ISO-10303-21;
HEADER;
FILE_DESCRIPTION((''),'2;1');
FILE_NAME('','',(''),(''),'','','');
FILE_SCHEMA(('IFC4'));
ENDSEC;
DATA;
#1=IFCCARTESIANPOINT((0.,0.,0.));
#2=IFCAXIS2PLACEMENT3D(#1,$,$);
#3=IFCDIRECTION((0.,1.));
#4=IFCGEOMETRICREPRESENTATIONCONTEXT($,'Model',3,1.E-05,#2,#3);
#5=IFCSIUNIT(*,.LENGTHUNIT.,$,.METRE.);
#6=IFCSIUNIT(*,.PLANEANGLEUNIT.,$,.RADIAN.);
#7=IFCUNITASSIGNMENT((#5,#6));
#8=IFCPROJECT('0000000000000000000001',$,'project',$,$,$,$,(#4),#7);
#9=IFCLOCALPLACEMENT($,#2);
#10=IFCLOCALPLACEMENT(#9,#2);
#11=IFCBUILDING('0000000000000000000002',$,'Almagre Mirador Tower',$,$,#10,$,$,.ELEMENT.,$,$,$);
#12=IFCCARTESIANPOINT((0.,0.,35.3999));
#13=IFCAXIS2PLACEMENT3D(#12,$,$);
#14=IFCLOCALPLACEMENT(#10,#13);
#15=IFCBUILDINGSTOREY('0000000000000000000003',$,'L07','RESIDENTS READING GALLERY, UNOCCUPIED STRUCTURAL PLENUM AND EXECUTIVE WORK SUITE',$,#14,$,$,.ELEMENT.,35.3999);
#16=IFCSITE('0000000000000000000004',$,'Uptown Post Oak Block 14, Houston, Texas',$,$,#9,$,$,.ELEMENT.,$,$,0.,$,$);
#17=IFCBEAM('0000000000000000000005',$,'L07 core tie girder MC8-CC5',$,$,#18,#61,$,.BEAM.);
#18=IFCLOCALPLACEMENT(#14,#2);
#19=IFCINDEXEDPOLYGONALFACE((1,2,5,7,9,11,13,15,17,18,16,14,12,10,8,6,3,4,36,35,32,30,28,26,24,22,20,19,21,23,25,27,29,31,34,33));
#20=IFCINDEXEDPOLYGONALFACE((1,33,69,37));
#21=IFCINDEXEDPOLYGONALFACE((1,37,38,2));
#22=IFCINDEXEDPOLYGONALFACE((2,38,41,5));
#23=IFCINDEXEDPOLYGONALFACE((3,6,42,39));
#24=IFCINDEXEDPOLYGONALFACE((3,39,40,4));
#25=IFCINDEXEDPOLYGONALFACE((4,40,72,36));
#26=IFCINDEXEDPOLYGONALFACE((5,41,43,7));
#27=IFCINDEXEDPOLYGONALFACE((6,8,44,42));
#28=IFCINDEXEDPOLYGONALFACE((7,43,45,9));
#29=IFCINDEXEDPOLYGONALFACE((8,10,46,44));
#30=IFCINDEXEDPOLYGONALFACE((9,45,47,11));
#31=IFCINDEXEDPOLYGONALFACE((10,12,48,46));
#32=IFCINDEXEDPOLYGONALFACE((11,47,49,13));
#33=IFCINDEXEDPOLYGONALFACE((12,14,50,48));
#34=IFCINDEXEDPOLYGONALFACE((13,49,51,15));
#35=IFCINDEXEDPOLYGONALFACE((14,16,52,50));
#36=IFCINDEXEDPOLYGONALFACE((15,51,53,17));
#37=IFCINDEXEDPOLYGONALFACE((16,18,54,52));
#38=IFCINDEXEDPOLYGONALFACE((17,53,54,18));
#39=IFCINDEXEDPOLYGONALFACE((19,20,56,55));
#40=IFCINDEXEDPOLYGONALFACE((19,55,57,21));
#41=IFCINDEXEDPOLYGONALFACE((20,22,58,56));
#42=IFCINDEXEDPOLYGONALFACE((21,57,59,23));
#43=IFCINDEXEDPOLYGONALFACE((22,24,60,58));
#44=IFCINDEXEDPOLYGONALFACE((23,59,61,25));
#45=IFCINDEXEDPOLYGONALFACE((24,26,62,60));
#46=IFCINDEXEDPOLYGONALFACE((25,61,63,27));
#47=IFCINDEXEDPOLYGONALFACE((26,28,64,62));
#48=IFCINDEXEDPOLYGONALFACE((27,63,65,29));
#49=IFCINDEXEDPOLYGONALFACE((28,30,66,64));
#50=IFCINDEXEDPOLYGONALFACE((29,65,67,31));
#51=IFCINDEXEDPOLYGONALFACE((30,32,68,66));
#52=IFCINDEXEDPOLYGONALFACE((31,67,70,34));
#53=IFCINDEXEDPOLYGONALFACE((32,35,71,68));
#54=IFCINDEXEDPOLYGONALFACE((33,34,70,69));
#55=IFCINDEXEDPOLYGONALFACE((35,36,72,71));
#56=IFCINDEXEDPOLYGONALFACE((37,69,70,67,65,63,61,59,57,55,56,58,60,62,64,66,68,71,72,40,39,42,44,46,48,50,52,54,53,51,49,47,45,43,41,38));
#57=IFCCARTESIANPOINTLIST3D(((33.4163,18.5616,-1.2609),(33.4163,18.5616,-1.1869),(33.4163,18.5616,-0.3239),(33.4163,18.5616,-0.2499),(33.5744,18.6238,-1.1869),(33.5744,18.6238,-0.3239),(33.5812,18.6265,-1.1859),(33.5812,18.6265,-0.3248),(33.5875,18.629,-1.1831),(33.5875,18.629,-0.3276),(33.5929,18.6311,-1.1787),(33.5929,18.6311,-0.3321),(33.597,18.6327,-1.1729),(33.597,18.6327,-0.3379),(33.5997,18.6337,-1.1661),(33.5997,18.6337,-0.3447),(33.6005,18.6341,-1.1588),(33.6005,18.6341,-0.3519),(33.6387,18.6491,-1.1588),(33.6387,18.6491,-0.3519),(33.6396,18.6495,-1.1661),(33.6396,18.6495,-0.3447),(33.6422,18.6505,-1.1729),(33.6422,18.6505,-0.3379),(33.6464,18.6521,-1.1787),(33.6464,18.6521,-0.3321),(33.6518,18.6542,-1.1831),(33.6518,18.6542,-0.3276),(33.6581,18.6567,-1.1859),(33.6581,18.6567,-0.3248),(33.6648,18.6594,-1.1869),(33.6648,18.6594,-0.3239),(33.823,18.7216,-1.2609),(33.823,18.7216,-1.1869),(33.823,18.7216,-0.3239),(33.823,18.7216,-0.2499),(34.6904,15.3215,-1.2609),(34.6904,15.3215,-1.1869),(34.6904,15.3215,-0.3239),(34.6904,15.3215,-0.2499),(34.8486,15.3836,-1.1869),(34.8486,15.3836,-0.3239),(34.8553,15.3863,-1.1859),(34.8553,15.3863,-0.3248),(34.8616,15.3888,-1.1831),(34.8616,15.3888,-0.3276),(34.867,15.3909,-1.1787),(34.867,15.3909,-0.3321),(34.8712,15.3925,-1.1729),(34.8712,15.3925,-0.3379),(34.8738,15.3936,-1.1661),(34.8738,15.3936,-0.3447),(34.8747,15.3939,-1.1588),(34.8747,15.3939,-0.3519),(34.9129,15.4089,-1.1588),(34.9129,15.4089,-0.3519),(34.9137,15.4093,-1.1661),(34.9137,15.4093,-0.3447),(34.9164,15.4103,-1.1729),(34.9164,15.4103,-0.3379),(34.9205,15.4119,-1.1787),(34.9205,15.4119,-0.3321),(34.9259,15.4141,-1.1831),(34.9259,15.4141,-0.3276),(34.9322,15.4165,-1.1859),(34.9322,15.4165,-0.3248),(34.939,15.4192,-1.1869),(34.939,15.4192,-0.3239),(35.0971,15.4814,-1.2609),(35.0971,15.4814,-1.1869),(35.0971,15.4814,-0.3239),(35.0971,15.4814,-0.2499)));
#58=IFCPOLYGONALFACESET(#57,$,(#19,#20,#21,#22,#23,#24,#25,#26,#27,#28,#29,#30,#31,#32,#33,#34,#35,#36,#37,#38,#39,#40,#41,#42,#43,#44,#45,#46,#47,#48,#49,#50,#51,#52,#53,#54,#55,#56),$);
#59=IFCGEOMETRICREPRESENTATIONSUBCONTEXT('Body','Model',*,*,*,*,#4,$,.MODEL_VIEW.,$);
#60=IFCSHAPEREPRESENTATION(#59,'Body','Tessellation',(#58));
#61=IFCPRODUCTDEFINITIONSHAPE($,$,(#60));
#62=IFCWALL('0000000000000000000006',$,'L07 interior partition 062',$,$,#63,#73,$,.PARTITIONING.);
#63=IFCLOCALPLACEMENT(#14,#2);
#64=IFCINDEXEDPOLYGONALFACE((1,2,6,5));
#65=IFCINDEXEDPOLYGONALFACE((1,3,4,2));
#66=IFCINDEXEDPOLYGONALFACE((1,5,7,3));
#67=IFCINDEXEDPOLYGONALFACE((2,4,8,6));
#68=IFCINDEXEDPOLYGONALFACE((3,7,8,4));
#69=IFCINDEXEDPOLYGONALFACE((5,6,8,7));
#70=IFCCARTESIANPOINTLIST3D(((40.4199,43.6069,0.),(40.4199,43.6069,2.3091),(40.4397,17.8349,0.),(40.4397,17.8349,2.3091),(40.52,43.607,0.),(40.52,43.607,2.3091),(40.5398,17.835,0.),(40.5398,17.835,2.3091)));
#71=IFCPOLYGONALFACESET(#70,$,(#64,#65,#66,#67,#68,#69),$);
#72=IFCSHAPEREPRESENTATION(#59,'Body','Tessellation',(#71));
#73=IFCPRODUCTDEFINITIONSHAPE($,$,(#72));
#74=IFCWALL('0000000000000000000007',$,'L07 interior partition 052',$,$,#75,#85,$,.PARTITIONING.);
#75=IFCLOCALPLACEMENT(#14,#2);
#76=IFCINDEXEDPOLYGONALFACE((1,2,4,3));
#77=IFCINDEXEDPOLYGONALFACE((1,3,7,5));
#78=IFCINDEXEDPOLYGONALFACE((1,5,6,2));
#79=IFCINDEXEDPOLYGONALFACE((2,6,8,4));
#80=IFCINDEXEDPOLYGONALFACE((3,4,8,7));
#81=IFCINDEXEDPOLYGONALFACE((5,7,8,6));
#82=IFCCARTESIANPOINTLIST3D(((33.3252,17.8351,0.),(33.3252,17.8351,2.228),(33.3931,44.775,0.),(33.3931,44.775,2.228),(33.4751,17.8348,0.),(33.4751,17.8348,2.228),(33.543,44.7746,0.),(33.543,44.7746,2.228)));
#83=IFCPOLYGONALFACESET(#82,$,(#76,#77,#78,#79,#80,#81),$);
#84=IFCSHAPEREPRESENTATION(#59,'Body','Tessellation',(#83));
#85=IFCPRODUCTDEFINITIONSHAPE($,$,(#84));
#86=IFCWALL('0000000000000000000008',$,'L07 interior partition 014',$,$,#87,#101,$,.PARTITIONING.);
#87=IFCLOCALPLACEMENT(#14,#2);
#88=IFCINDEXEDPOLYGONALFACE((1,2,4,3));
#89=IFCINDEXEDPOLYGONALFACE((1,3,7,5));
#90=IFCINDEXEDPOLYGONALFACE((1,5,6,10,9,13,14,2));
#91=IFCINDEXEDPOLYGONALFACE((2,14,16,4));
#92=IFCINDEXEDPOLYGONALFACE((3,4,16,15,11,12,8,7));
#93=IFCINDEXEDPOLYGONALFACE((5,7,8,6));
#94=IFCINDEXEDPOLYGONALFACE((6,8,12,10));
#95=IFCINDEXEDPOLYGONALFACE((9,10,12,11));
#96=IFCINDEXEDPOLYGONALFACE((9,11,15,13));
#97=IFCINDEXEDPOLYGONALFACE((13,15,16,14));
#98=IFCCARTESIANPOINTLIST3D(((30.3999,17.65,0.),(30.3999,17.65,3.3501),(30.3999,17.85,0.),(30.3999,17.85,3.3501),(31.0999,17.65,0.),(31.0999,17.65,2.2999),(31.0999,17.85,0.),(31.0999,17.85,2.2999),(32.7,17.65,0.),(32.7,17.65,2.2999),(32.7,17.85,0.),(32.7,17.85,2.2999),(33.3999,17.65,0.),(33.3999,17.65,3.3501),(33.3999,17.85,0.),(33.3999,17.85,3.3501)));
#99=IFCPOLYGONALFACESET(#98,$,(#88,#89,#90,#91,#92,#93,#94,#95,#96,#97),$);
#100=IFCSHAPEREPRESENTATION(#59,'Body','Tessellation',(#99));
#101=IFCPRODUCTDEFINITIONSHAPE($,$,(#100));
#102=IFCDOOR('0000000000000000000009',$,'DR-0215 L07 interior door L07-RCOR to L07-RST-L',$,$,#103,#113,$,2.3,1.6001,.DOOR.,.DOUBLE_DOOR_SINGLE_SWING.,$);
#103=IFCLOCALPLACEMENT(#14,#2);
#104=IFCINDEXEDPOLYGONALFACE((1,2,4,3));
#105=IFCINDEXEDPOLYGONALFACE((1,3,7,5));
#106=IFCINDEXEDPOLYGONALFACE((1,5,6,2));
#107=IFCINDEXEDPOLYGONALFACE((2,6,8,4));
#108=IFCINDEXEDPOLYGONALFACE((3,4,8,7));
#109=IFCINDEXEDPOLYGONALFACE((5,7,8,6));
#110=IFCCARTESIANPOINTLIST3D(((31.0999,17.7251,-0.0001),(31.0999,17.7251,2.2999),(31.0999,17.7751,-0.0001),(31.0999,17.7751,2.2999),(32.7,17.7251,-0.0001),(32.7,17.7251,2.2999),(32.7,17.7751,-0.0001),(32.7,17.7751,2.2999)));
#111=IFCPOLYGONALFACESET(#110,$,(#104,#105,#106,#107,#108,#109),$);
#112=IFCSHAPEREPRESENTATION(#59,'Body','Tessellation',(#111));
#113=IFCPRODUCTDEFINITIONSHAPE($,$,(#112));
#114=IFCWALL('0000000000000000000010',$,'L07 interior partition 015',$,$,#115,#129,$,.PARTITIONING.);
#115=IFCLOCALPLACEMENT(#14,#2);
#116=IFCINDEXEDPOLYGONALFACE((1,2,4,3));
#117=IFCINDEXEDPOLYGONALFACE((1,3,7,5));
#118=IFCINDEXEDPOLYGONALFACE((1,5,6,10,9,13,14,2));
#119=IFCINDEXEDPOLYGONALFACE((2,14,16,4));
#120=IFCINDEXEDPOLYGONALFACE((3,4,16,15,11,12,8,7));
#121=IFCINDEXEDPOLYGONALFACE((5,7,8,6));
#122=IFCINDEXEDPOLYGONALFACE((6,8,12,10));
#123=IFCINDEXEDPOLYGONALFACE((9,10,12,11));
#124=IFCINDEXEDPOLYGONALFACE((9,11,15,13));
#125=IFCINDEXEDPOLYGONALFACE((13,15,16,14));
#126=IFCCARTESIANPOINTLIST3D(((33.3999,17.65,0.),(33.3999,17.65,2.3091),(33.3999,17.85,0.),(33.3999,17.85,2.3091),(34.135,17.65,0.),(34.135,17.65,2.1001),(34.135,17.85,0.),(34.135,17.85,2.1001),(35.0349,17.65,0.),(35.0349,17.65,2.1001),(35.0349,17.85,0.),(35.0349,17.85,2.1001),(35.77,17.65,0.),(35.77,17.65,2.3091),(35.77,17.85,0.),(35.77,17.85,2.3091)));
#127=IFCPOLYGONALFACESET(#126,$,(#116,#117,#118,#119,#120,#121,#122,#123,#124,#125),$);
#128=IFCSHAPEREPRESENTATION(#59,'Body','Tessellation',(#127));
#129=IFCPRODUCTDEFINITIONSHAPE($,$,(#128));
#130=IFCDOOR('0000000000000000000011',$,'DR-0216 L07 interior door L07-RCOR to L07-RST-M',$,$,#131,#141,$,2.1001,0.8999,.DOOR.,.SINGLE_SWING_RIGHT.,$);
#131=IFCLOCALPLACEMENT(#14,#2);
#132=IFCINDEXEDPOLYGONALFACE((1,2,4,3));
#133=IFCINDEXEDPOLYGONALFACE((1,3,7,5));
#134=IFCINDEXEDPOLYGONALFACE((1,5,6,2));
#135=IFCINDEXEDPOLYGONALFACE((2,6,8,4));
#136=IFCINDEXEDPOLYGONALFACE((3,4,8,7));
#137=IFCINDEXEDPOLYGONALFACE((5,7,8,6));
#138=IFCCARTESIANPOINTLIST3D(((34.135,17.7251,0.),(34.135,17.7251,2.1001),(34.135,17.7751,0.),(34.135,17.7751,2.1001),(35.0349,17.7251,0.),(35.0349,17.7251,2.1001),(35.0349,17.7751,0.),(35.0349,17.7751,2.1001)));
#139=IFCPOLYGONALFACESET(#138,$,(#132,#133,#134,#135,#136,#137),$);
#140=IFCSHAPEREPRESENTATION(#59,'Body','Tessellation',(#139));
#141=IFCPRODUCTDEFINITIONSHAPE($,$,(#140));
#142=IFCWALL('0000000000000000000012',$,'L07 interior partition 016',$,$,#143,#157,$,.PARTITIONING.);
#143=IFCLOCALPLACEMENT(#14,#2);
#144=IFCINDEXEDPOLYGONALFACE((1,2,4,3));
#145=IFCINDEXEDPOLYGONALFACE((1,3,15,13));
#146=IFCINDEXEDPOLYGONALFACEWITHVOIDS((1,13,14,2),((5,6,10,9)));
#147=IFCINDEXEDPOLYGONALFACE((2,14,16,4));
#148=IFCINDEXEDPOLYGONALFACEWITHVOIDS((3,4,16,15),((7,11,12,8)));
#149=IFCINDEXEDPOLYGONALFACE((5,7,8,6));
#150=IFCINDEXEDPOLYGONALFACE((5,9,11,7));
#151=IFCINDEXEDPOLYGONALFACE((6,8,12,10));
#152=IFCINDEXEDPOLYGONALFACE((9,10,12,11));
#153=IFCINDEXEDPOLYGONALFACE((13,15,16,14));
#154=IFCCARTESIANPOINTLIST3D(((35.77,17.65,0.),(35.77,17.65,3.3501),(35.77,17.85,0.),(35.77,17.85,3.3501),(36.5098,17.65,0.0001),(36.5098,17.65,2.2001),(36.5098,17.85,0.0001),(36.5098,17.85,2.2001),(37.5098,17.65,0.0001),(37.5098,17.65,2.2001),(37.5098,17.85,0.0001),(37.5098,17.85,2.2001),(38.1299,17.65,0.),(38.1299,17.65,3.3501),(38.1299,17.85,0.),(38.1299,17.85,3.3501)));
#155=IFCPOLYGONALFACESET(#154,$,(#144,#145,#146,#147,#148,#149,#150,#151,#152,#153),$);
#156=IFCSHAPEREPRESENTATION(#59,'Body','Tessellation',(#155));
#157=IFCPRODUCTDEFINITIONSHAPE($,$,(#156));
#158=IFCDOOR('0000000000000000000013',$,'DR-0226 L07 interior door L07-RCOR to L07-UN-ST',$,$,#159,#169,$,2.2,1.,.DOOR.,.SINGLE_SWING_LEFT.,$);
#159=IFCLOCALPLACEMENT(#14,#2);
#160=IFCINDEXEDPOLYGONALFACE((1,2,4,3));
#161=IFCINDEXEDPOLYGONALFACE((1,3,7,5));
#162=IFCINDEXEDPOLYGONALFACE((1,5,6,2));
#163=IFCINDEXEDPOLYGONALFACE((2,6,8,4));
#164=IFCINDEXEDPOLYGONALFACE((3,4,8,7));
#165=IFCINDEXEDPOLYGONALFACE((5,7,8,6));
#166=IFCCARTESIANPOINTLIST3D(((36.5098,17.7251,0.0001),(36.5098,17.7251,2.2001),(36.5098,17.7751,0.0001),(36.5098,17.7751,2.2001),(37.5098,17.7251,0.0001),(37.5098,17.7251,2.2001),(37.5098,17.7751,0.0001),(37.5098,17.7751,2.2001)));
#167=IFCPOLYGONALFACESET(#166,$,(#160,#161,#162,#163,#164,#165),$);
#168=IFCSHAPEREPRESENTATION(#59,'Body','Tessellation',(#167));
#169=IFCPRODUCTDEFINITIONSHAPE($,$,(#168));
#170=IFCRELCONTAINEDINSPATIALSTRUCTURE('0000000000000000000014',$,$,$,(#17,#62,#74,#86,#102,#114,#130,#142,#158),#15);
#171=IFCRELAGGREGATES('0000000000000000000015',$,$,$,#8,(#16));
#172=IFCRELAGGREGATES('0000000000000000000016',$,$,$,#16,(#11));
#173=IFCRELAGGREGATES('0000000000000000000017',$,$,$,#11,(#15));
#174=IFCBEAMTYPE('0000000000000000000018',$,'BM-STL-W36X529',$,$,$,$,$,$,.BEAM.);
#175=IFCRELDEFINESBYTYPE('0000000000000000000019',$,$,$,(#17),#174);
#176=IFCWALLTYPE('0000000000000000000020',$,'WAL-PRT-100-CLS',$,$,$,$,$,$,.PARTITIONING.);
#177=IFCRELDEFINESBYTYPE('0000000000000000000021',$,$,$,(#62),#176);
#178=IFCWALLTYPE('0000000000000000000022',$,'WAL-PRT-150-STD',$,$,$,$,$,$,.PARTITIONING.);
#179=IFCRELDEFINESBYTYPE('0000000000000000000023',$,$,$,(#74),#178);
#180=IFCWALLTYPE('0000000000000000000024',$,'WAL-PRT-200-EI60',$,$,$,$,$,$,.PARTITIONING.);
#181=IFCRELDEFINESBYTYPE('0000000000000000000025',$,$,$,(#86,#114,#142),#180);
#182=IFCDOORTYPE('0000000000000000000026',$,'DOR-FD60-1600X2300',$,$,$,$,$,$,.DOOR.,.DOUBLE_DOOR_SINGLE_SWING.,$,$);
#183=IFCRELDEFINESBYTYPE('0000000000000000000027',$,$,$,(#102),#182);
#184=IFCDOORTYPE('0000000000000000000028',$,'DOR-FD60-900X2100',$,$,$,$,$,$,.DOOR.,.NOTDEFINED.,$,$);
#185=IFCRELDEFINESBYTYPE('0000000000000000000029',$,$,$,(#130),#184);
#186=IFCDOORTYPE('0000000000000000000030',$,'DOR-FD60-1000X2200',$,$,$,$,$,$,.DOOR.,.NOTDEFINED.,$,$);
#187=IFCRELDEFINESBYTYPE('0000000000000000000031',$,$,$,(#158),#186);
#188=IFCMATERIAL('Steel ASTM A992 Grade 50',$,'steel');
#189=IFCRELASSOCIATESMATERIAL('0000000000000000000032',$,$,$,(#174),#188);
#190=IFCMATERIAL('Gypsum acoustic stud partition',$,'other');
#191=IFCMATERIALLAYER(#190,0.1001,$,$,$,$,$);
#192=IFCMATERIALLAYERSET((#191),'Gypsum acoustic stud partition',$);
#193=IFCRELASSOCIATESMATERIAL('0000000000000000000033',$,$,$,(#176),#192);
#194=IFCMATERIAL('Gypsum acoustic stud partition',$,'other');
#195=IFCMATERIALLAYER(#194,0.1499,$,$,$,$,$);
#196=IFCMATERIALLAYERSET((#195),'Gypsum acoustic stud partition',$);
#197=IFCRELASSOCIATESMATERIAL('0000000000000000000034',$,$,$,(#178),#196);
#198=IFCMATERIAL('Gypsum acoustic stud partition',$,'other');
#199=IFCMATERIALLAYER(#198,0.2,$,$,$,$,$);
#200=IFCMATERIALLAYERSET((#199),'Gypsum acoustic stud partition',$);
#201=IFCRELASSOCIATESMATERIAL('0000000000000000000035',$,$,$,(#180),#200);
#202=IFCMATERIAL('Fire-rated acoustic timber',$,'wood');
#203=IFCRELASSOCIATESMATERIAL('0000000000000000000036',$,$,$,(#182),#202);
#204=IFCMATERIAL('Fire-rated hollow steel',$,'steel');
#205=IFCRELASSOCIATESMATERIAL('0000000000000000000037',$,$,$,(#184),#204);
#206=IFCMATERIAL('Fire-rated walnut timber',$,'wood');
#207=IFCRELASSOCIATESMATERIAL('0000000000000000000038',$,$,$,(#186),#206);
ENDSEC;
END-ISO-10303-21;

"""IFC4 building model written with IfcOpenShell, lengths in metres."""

from ifc_helpers import new_model, si_unit, direction, frame, frame_2d, origin, origin_2d, place, context, subcontext, project, spatial, rectangle, i_section, extrude, material, layer, layer_set, material_profile, profile_set, type_object, element, fill, save


model = new_model("IFC4")

# Units and contexts
model_context = context("Model", 3, precision=1e-05, world=origin(), true_north=direction((0.0, 1.0)))
body_context = subcontext(model_context, "Body", "Model", "MODEL_VIEW")
ifc_project = project(units=[si_unit("LENGTHUNIT", "METRE"), si_unit("PLANEANGLEUNIT", "RADIAN")], contexts=[model_context])

# Site, building, storey
site_placement = place(None, origin())
site = spatial("IfcSite", under=ifc_project, at=site_placement, Name="Uptown Post Oak Block 14, Houston, Texas", CompositionType="ELEMENT", RefElevation=0.0)
building_placement = place(site_placement, origin())
building = spatial("IfcBuilding", under=site, at=building_placement, Name="Almagre Mirador Tower", CompositionType="ELEMENT")
storey_placement = place(building_placement, frame((0.0, 0.0, 35.3999)))
storey = spatial("IfcBuildingStorey", under=building, at=storey_placement, Name="L07", Description="RESIDENTS READING GALLERY, UNOCCUPIED STRUCTURAL PLENUM AND EXECUTIVE WORK SUITE", CompositionType="ELEMENT", Elevation=35.3999)

# Beam
ifc_material_1 = material(Name="Steel ASTM A992 Grade 50", Category="steel")
ifc_material_profile_1 = material_profile(ifc_material_1, i_section(OverallWidth=0.437, OverallDepth=1.011, WebThickness=0.041, FlangeThickness=0.074, FilletRadius=0.0281, at=origin_2d()), Name="W36X529")
ifc_profile_set_1 = profile_set([ifc_material_profile_1], Name="Steel ASTM A992 Grade 50")
beam_type_1 = type_object("IfcBeamType", Name="BM-STL-W36X529", PredefinedType="BEAM", material=ifc_profile_set_1)
beam_1_placement = place(storey_placement, frame((33.6196, 18.6416, -0.7554), z_axis=(0.365956, -0.930632, 0.0), x_axis=(0.930632, 0.365956, 0.0)))
element("IfcBeam", 1, at=beam_1_placement, inside=storey, type_object=beam_type_1, Name="L07 core tie girder MC8-CC5", PredefinedType="BEAM", context=body_context, shape_type="SweptSolid", body=[
    extrude(i_section(OverallWidth=0.437, OverallDepth=1.011, WebThickness=0.041, FlangeThickness=0.074, FilletRadius=0.0281, at=origin_2d()), origin(), (0.0, 0.0, 1.0), 3.4817),
])

# Walls
ifc_material_2 = material(Name="Gypsum acoustic stud partition", Category="other")
ifc_layer_1 = layer(ifc_material_2, 0.1001)
ifc_layer_set_1 = layer_set([ifc_layer_1], Name="Gypsum acoustic stud partition")
wall_type_1 = type_object("IfcWallType", Name="WAL-PRT-100-CLS", PredefinedType="PARTITIONING", material=ifc_layer_set_1)
wall_1_placement = place(storey_placement, frame((40.4897, 17.835, 0.0), z_axis=(0.0, 0.0, 1.0), x_axis=(-0.000767, 1.0, 0.0)))
element("IfcWall", 2, at=wall_1_placement, inside=storey, type_object=wall_type_1, Name="L07 interior partition 062", PredefinedType="PARTITIONING", context=body_context, shape_type="SweptSolid", body=[
    extrude(rectangle(XDim=25.772, YDim=0.1001, at=frame_2d((12.886, 0.0))), origin(), (0.0, 0.0, 1.0), 2.3091),
])
ifc_material_3 = material(Name="Gypsum acoustic stud partition", Category="other")
ifc_layer_2 = layer(ifc_material_3, 0.1499)
ifc_layer_set_2 = layer_set([ifc_layer_2], Name="Gypsum acoustic stud partition")
wall_type_2 = type_object("IfcWallType", Name="WAL-PRT-150-STD", PredefinedType="PARTITIONING", material=ifc_layer_set_2)
wall_2_placement = place(storey_placement, frame((33.4001, 17.835, 0.0), z_axis=(0.0, 0.0, 1.0), x_axis=(0.002519, 0.999997, 0.0)))
element("IfcWall", 3, at=wall_2_placement, inside=storey, type_object=wall_type_2, Name="L07 interior partition 052", PredefinedType="PARTITIONING", context=body_context, shape_type="SweptSolid", body=[
    extrude(rectangle(XDim=26.9399, YDim=0.1499, at=frame_2d((13.47, 0.0))), origin(), (0.0, 0.0, 1.0), 2.228),
])

# Walls, openings, doors
ifc_material_4 = material(Name="Gypsum acoustic stud partition", Category="other")
ifc_layer_3 = layer(ifc_material_4, 0.2)
ifc_layer_set_3 = layer_set([ifc_layer_3], Name="Gypsum acoustic stud partition")
wall_type_3 = type_object("IfcWallType", Name="WAL-PRT-200-EI60", PredefinedType="PARTITIONING", material=ifc_layer_set_3)
wall_3_placement = place(storey_placement, frame((33.3999, 17.75, 0.0), z_axis=(0.0, 0.0, 1.0), x_axis=(-1.0, 0.0, 0.0)))
wall_3 = element("IfcWall", 4, at=wall_3_placement, inside=storey, type_object=wall_type_3, Name="L07 interior partition 014", PredefinedType="PARTITIONING", context=body_context, shape_type="SweptSolid", body=[
    extrude(rectangle(XDim=3.0, YDim=0.2, at=frame_2d((1.5, 0.0))), origin(), (0.0, 0.0, 1.0), 3.3501),
])
opening_1_placement = place(wall_3_placement, frame((0.7, 0.0, 0.0)))
opening_1 = element("IfcOpeningElement", 5, at=opening_1_placement, cuts=wall_3, PredefinedType="OPENING", context=body_context, shape_type="SweptSolid", body=[
    extrude(rectangle(XDim=1.6001, YDim=2.3, at=frame_2d((0.8, 1.1499))), frame((0.0, 0.1101, 0.0), z_axis=(0.0, -1.0, 0.0), x_axis=(1.0, 0.0, 0.0)), (0.0, 0.0, 1.0), 0.22),
])
ifc_material_5 = material(Name="Fire-rated acoustic timber", Category="wood")
door_type_1 = type_object("IfcDoorType", Name="DOR-FD60-1600X2300", OperationType="DOUBLE_DOOR_SINGLE_SWING", PredefinedType="DOOR", material=ifc_material_5)
door_1_placement = place(opening_1_placement, origin())
door_1 = element("IfcDoor", 6, at=door_1_placement, inside=storey, type_object=door_type_1, Name="DR-0215 L07 interior door L07-RCOR to L07-RST-L", OperationType="DOUBLE_DOOR_SINGLE_SWING", OverallHeight=2.3, OverallWidth=1.6001, PredefinedType="DOOR", context=body_context, shape_type="SweptSolid", body=[
    extrude(rectangle(XDim=1.6001, YDim=2.3, at=frame_2d((0.8, 1.1499))), frame((0.0, 0.0249, 0.0), z_axis=(0.0, -1.0, 0.0), x_axis=(1.0, 0.0, 0.0)), (0.0, 0.0, 1.0), 0.05),
])
fill(opening_1, door_1)
wall_4_placement = place(storey_placement, frame((35.77, 17.75, 0.0), z_axis=(0.0, 0.0, 1.0), x_axis=(-1.0, 0.0, 0.0)))
wall_4 = element("IfcWall", 7, at=wall_4_placement, inside=storey, type_object=wall_type_3, Name="L07 interior partition 015", PredefinedType="PARTITIONING", context=body_context, shape_type="SweptSolid", body=[
    extrude(rectangle(XDim=2.3701, YDim=0.2, at=frame_2d((1.1851, 0.0))), origin(), (0.0, 0.0, 1.0), 2.3091),
])
opening_2_placement = place(wall_4_placement, frame((0.7351, 0.0, 0.0)))
opening_2 = element("IfcOpeningElement", 8, at=opening_2_placement, cuts=wall_4, PredefinedType="OPENING", context=body_context, shape_type="SweptSolid", body=[
    extrude(rectangle(XDim=0.8999, YDim=2.1001, at=frame_2d((0.45, 1.05))), frame((0.0, 0.1101, 0.0), z_axis=(0.0, -1.0, 0.0), x_axis=(1.0, 0.0, 0.0)), (0.0, 0.0, 1.0), 0.22),
])
ifc_material_6 = material(Name="Fire-rated hollow steel", Category="steel")
door_type_2 = type_object("IfcDoorType", Name="DOR-FD60-900X2100", OperationType="NOTDEFINED", PredefinedType="DOOR", material=ifc_material_6)
door_2_placement = place(opening_2_placement, origin())
door_2 = element("IfcDoor", 9, at=door_2_placement, inside=storey, type_object=door_type_2, Name="DR-0216 L07 interior door L07-RCOR to L07-RST-M", OperationType="SINGLE_SWING_RIGHT", OverallHeight=2.1001, OverallWidth=0.8999, PredefinedType="DOOR", context=body_context, shape_type="SweptSolid", body=[
    extrude(rectangle(XDim=0.8999, YDim=2.1001, at=frame_2d((0.45, 1.05))), frame((0.0, 0.0249, 0.0), z_axis=(0.0, -1.0, 0.0), x_axis=(1.0, 0.0, 0.0)), (0.0, 0.0, 1.0), 0.05),
])
fill(opening_2, door_2)
wall_5_placement = place(storey_placement, frame((38.1299, 17.75, 0.0), z_axis=(0.0, 0.0, 1.0), x_axis=(-1.0, 0.0, 0.0)))
wall_5 = element("IfcWall", 10, at=wall_5_placement, inside=storey, type_object=wall_type_3, Name="L07 interior partition 016", PredefinedType="PARTITIONING", context=body_context, shape_type="SweptSolid", body=[
    extrude(rectangle(XDim=2.3599, YDim=0.2, at=frame_2d((1.1799, 0.0))), origin(), (0.0, 0.0, 1.0), 3.3501),
])
opening_3_placement = place(wall_5_placement, frame((0.6201, 0.0, 0.0)))
opening_3 = element("IfcOpeningElement", 11, at=opening_3_placement, cuts=wall_5, PredefinedType="OPENING", context=body_context, shape_type="SweptSolid", body=[
    extrude(rectangle(XDim=1.0, YDim=2.2, at=frame_2d((0.5, 1.1001))), frame((0.0, 0.1101, 0.0), z_axis=(0.0, -1.0, 0.0), x_axis=(1.0, 0.0, 0.0)), (0.0, 0.0, 1.0), 0.22),
])
ifc_material_7 = material(Name="Fire-rated walnut timber", Category="wood")
door_type_3 = type_object("IfcDoorType", Name="DOR-FD60-1000X2200", OperationType="NOTDEFINED", PredefinedType="DOOR", material=ifc_material_7)
door_3_placement = place(opening_3_placement, origin())
door_3 = element("IfcDoor", 12, at=door_3_placement, inside=storey, type_object=door_type_3, Name="DR-0226 L07 interior door L07-RCOR to L07-UN-ST", OperationType="SINGLE_SWING_LEFT", OverallHeight=2.2, OverallWidth=1.0, PredefinedType="DOOR", context=body_context, shape_type="SweptSolid", body=[
    extrude(rectangle(XDim=1.0, YDim=2.2, at=frame_2d((0.5, 1.1001))), frame((0.0, 0.0249, 0.0), z_axis=(0.0, -1.0, 0.0), x_axis=(1.0, 0.0, 0.0)), (0.0, 0.0, 1.0), 0.05),
])
fill(opening_3, door_3)

save(model, "model.ifc")
